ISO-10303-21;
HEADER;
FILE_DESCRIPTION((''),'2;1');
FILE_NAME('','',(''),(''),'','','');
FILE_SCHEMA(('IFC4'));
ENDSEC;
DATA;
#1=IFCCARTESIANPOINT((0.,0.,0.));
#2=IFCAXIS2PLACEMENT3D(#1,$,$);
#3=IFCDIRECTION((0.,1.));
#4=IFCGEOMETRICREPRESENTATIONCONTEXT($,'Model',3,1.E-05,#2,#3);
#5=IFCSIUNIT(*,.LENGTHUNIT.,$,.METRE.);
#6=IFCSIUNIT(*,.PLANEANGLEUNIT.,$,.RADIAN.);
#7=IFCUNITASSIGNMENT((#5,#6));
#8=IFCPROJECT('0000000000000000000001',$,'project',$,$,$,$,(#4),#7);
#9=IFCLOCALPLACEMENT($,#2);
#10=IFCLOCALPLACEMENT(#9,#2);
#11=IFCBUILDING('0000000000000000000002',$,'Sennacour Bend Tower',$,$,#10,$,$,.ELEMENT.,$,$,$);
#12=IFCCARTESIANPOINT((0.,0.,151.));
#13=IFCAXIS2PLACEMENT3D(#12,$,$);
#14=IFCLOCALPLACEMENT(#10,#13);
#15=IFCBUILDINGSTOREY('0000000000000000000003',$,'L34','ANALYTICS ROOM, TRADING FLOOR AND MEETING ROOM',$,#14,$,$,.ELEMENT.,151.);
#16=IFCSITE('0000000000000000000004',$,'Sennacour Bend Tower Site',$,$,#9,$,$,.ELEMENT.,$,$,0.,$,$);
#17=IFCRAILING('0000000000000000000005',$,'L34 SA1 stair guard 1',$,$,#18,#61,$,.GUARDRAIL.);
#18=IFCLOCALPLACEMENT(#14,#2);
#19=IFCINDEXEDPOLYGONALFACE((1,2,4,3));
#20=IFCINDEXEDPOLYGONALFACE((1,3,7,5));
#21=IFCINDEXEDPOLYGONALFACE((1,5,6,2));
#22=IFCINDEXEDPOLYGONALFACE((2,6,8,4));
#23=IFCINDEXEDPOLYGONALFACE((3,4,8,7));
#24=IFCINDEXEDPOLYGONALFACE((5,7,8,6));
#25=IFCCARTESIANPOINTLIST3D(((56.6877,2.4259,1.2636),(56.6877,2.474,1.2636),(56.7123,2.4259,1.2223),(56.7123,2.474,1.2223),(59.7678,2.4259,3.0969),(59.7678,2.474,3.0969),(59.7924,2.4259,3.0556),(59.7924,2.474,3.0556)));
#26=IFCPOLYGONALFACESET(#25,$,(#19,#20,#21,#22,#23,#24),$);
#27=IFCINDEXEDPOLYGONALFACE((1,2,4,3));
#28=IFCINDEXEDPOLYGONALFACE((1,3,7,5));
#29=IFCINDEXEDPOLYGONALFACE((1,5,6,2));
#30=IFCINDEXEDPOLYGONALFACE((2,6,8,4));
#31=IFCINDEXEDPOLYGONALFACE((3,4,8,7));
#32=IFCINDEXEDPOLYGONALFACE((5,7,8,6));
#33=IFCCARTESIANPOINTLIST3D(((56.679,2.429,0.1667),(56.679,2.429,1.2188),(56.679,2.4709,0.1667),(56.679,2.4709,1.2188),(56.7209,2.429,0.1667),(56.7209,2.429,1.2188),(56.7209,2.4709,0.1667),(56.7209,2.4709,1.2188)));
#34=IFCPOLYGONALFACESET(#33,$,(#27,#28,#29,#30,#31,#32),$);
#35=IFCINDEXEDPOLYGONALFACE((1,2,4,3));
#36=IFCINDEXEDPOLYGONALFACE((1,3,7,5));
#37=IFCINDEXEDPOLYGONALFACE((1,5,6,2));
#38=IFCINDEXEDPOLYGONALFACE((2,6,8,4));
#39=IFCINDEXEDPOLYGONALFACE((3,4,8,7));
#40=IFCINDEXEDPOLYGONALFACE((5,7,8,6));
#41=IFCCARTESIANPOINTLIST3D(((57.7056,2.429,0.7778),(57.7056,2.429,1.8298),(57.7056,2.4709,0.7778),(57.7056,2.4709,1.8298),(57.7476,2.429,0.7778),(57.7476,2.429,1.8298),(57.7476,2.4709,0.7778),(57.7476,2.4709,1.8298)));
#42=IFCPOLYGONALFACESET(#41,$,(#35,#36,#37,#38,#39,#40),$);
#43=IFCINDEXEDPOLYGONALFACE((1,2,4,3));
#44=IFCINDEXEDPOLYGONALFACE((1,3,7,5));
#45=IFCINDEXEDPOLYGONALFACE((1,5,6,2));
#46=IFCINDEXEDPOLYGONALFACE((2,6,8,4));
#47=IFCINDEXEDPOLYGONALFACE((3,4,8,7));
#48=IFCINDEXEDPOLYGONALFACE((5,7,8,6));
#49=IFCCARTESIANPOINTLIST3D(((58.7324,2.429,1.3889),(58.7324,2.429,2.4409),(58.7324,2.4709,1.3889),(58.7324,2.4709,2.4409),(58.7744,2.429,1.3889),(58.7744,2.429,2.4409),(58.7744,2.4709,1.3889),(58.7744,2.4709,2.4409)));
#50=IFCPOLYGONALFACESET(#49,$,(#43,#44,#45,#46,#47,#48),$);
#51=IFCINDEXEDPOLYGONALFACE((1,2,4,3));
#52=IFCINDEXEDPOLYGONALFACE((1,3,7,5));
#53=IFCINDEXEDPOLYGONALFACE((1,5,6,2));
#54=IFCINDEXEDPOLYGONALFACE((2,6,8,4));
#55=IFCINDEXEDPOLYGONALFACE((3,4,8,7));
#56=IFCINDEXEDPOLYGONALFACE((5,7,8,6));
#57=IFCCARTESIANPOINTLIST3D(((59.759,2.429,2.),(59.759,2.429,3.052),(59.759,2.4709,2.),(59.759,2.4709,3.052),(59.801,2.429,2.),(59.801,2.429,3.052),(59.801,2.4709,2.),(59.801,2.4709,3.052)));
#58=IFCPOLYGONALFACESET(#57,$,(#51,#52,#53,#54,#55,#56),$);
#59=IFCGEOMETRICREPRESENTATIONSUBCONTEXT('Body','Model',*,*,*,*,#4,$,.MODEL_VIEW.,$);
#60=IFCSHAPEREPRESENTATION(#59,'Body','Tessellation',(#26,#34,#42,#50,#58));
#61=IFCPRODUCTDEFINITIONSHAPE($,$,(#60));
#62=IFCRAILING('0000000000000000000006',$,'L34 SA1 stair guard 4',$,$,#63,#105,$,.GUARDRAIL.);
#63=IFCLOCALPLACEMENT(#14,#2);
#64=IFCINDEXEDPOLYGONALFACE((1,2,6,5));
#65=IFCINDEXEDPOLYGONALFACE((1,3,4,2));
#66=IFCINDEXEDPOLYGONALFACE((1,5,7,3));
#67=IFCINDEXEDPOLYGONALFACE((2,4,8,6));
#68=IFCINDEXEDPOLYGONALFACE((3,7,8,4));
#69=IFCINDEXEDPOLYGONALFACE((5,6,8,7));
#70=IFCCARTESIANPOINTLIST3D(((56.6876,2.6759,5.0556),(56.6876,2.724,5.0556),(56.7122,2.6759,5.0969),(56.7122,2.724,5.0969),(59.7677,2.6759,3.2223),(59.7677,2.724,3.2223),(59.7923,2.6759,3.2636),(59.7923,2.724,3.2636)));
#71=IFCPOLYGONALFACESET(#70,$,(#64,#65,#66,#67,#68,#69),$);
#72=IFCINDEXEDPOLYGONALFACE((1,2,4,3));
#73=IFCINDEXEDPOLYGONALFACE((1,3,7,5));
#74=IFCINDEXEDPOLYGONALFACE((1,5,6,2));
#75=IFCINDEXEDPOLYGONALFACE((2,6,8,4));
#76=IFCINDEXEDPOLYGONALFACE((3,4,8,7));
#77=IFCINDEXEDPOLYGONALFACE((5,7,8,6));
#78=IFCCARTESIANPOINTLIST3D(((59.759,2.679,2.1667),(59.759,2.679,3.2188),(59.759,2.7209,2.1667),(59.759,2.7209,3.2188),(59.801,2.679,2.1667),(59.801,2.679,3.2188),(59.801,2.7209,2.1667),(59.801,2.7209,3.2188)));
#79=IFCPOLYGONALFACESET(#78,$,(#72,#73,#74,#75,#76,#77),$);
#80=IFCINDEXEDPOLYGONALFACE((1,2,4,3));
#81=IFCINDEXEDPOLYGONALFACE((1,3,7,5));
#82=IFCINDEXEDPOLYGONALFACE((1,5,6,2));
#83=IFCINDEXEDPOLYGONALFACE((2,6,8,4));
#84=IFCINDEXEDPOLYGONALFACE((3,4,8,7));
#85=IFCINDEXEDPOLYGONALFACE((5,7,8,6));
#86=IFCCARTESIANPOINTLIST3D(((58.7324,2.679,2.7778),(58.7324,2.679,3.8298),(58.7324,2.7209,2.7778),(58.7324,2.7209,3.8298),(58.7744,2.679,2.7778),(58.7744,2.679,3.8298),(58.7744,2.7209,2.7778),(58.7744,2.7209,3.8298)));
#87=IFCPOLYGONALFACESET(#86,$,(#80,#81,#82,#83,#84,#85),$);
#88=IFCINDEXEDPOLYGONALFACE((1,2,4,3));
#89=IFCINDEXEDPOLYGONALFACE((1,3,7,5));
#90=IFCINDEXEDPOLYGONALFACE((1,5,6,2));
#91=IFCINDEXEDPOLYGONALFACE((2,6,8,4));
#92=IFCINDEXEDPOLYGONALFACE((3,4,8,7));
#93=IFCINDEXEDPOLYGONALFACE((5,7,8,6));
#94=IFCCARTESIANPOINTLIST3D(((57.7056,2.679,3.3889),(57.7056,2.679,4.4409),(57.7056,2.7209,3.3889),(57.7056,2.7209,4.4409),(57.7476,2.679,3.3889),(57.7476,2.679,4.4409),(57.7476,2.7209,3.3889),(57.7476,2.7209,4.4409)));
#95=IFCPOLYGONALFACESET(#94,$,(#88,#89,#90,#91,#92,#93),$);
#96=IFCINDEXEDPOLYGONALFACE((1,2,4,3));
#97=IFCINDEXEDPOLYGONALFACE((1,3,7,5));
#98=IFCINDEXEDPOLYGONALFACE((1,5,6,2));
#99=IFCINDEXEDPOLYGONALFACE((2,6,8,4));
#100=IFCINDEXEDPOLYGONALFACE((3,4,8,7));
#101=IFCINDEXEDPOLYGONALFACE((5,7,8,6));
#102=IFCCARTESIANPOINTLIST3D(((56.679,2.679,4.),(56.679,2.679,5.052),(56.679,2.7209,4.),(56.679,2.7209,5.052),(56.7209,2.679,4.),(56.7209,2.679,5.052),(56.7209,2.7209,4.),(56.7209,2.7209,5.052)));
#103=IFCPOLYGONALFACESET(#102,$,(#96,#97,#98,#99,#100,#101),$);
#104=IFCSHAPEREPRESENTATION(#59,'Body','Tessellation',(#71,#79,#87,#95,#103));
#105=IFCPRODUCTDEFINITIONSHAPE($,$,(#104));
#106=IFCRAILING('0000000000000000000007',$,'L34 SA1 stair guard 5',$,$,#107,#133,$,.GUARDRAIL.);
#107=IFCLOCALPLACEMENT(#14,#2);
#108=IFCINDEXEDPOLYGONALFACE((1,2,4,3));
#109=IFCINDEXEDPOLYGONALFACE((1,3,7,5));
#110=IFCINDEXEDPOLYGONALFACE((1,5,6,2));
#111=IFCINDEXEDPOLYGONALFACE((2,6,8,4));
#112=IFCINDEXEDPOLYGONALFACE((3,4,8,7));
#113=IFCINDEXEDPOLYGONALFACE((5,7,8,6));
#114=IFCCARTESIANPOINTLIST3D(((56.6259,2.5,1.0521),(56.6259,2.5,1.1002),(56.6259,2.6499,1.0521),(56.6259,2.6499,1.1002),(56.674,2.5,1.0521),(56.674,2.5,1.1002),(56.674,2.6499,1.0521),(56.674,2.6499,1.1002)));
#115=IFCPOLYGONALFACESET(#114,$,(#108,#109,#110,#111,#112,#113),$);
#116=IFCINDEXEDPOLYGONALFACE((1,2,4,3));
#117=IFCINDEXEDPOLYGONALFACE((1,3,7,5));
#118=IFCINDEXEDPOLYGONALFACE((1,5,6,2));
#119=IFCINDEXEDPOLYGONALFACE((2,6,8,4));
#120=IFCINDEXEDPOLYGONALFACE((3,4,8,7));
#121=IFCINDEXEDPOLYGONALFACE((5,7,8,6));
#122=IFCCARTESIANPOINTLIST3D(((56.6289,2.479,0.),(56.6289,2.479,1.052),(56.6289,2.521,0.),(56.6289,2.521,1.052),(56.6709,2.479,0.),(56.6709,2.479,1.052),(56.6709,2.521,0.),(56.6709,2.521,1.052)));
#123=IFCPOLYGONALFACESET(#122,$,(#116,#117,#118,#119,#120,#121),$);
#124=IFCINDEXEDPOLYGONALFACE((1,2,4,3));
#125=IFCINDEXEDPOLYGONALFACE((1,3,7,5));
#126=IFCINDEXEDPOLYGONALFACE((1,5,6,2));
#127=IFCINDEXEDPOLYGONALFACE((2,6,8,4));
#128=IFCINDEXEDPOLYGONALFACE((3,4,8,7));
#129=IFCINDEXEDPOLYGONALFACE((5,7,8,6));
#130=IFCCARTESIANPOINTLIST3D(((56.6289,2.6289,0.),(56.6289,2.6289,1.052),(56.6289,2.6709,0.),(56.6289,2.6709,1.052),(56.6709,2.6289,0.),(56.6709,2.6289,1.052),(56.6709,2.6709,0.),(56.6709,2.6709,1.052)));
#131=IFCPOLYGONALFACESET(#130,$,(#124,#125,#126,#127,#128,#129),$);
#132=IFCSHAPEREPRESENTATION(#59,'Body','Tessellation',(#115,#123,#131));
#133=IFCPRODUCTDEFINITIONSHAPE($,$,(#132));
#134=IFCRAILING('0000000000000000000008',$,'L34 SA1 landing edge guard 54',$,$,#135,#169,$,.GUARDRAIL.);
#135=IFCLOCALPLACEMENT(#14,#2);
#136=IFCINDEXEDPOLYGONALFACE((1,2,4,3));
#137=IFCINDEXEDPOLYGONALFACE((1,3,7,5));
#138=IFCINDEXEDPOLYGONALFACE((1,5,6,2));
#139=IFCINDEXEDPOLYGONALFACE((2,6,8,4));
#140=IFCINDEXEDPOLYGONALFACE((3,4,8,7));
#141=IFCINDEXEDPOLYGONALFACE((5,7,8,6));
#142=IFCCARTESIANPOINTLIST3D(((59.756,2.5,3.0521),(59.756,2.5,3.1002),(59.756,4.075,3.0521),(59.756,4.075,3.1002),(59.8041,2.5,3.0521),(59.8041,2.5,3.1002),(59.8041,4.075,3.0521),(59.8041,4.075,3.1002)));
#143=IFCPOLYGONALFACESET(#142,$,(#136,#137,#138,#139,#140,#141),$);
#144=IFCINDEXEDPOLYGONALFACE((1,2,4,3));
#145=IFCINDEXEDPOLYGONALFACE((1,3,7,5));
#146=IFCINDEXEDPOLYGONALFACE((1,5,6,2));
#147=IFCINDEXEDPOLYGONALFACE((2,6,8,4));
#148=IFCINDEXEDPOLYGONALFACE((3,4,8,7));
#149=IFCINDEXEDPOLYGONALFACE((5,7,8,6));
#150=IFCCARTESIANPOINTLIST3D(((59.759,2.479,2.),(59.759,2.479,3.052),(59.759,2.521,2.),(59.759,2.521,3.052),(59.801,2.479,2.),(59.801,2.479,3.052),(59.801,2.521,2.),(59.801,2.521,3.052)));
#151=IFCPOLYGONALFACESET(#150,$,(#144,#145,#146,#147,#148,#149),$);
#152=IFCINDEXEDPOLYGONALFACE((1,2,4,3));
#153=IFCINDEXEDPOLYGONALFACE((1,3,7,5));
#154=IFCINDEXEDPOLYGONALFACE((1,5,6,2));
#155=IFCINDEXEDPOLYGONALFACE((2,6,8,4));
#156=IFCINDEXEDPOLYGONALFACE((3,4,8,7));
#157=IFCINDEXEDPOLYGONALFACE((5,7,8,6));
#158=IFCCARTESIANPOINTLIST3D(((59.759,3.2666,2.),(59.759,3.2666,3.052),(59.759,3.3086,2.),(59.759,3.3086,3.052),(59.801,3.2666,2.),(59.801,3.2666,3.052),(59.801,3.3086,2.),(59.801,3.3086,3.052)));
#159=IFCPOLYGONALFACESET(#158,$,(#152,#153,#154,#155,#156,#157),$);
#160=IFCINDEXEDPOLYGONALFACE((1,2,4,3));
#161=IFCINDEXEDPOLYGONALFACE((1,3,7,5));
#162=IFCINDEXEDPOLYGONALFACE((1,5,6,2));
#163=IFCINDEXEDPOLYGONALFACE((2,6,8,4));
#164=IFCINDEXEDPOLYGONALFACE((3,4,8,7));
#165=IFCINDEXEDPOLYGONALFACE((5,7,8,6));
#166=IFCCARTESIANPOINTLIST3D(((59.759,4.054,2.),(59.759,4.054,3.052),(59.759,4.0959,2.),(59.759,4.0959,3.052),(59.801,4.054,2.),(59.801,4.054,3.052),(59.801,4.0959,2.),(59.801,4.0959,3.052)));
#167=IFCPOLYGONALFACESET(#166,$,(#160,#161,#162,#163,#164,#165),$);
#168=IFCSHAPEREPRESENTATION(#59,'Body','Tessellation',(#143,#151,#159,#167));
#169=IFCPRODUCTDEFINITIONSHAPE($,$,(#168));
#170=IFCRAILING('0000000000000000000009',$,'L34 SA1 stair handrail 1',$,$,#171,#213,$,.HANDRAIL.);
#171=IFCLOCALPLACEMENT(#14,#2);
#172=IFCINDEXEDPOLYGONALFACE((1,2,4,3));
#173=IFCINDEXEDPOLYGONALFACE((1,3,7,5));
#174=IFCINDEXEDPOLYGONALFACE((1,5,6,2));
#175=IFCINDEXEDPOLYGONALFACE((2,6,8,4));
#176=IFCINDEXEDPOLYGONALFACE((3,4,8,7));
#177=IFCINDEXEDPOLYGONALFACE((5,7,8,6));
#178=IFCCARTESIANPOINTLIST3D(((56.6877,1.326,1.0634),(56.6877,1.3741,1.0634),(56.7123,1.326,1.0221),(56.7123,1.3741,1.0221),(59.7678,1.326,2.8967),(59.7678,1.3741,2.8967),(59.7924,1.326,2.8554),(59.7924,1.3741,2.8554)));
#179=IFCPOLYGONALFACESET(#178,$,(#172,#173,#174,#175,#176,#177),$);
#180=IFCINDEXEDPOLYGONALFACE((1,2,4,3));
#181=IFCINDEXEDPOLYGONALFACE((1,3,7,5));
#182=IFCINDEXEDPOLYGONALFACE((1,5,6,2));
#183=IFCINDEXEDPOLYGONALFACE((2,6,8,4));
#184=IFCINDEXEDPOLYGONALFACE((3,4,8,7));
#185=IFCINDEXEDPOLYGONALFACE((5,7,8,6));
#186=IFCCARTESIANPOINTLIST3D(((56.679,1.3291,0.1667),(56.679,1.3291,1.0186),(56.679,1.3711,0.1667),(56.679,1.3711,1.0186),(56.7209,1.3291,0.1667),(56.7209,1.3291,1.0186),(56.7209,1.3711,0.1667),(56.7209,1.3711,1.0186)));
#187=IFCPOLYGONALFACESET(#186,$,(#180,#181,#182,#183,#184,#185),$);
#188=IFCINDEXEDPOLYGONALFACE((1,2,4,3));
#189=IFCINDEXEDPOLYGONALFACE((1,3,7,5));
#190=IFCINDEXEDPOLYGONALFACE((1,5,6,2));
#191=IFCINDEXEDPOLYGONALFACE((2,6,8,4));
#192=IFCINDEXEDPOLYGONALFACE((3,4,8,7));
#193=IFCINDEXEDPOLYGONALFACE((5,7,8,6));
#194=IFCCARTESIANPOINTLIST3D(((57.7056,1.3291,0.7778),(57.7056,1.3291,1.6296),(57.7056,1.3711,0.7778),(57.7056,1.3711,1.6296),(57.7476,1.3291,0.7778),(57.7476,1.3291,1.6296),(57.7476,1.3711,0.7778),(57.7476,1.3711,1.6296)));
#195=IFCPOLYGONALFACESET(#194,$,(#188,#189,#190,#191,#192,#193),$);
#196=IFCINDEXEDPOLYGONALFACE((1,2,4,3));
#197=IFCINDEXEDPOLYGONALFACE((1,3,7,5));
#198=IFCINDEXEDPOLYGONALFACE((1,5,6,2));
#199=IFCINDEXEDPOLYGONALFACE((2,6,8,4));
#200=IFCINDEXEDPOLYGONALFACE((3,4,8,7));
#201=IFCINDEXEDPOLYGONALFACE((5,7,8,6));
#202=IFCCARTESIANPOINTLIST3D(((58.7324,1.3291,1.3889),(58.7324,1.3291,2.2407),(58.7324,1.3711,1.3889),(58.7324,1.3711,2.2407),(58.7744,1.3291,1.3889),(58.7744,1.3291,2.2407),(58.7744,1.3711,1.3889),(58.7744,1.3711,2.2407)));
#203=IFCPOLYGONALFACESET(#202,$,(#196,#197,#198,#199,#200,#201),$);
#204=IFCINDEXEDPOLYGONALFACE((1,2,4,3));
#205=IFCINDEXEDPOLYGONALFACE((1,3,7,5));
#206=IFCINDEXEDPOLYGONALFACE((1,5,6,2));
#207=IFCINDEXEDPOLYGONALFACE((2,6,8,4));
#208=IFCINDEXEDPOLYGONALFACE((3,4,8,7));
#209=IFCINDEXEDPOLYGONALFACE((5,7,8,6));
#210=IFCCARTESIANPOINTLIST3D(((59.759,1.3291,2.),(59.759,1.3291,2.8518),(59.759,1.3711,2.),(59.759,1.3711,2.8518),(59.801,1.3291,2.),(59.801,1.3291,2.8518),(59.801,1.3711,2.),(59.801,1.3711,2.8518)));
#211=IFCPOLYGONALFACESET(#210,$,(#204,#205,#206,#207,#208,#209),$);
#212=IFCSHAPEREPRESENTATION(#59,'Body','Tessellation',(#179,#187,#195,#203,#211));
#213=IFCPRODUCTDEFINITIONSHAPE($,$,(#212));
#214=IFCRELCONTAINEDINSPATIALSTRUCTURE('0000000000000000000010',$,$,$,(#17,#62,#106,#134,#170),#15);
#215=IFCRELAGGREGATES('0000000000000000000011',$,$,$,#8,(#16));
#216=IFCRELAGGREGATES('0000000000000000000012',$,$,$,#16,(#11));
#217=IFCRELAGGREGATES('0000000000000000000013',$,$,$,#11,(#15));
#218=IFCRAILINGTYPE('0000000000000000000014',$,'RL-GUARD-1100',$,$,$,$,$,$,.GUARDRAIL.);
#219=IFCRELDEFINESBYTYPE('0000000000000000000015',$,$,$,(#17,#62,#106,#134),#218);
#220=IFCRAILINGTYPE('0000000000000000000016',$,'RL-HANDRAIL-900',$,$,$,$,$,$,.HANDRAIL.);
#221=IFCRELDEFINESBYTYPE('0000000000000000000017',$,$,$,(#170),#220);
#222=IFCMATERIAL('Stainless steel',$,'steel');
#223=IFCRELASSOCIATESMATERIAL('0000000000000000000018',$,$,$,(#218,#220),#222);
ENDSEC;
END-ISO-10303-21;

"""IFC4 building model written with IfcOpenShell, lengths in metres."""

from ifc_helpers import new_model, si_unit, direction, frame, origin, origin_2d, place, context, subcontext, project, spatial, rectangle, extrude, material, type_object, element, save


model = new_model("IFC4")

# Units and contexts
model_context = context("Model", 3, precision=1e-05, world=origin(), true_north=direction((0.0, 1.0)))
body_context = subcontext(model_context, "Body", "Model", "MODEL_VIEW")
ifc_project = project(units=[si_unit("LENGTHUNIT", "METRE"), si_unit("PLANEANGLEUNIT", "RADIAN")], contexts=[model_context])

# Site, building, storey
site_placement = place(None, origin())
site = spatial("IfcSite", under=ifc_project, at=site_placement, Name="Sennacour Bend Tower Site", CompositionType="ELEMENT", RefElevation=0.0)
building_placement = place(site_placement, origin())
building = spatial("IfcBuilding", under=site, at=building_placement, Name="Sennacour Bend Tower", CompositionType="ELEMENT")
storey_placement = place(building_placement, frame((0.0, 0.0, 151.0)))
storey = spatial("IfcBuildingStorey", under=building, at=storey_placement, Name="L34", Description="ANALYTICS ROOM, TRADING FLOOR AND MEETING ROOM", CompositionType="ELEMENT", Elevation=151.0)

# Shared definitions
ifc_material_1 = material(Name="Stainless steel", Category="steel")

# Railings
railing_type_1 = type_object("IfcRailingType", Name="RL-GUARD-1100", PredefinedType="GUARDRAIL", material=ifc_material_1)
railing_1_placement = place(storey_placement, frame((56.7, 2.45, 0.1667)))
element("IfcRailing", 1, at=railing_1_placement, inside=storey, type_object=railing_type_1, Name="L34 SA1 stair guard 1", PredefinedType="GUARDRAIL", context=body_context, shape_type="SweptSolid", body=[
    extrude(rectangle(XDim=0.0481, YDim=0.0481, at=origin_2d()), frame((0.0, 0.0, 1.0762), z_axis=(0.859309, 0.0, 0.511458), x_axis=(0.0, 1.0, 0.0)), (0.0, 0.0, 1.0), 3.5845),
    extrude(rectangle(XDim=0.042, YDim=0.042, at=origin_2d()), origin(), (0.0, 0.0, 1.0), 1.052),
    extrude(rectangle(XDim=0.042, YDim=0.042, at=origin_2d()), frame((1.0266, 0.0, 0.6111)), (0.0, 0.0, 1.0), 1.052),
    extrude(rectangle(XDim=0.042, YDim=0.042, at=origin_2d()), frame((2.0535, 0.0, 1.2222)), (0.0, 0.0, 1.0), 1.052),
    extrude(rectangle(XDim=0.042, YDim=0.042, at=origin_2d()), frame((3.0801, 0.0, 1.8333)), (0.0, 0.0, 1.0), 1.052),
])
railing_2_placement = place(storey_placement, frame((59.78, 2.7, 2.1667)))
element("IfcRailing", 2, at=railing_2_placement, inside=storey, type_object=railing_type_1, Name="L34 SA1 stair guard 4", PredefinedType="GUARDRAIL", context=body_context, shape_type="SweptSolid", body=[
    extrude(rectangle(XDim=0.0481, YDim=0.0481, at=origin_2d()), frame((0.0, 0.0, 1.0762), z_axis=(-0.859309, 0.0, 0.511458), x_axis=(0.0, -1.0, 0.0)), (0.0, 0.0, 1.0), 3.5845),
    extrude(rectangle(XDim=0.042, YDim=0.042, at=origin_2d()), origin(), (0.0, 0.0, 1.0), 1.052),
    extrude(rectangle(XDim=0.042, YDim=0.042, at=origin_2d()), frame((-1.0266, 0.0, 0.6111)), (0.0, 0.0, 1.0), 1.052),
    extrude(rectangle(XDim=0.042, YDim=0.042, at=origin_2d()), frame((-2.0535, 0.0, 1.2222)), (0.0, 0.0, 1.0), 1.052),
    extrude(rectangle(XDim=0.042, YDim=0.042, at=origin_2d()), frame((-3.0801, 0.0, 1.8333)), (0.0, 0.0, 1.0), 1.052),
])
railing_3_placement = place(storey_placement, frame((56.6499, 2.5, 0.0)))
element("IfcRailing", 3, at=railing_3_placement, inside=storey, type_object=railing_type_1, Name="L34 SA1 stair guard 5", PredefinedType="GUARDRAIL", context=body_context, shape_type="SweptSolid", body=[
    extrude(rectangle(XDim=0.0481, YDim=0.0481, at=origin_2d()), frame((0.0, 0.0, 1.0762), z_axis=(0.0, 1.0, 0.0), x_axis=(-1.0, 0.0, 0.0)), (0.0, 0.0, 1.0), 0.1499),
    extrude(rectangle(XDim=0.042, YDim=0.042, at=origin_2d()), origin(), (0.0, 0.0, 1.0), 1.052),
    extrude(rectangle(XDim=0.042, YDim=0.042, at=origin_2d()), frame((0.0, 0.1499, 0.0)), (0.0, 0.0, 1.0), 1.052),
])
railing_4_placement = place(storey_placement, frame((59.78, 2.5, 2.0)))
element("IfcRailing", 4, at=railing_4_placement, inside=storey, type_object=railing_type_1, Name="L34 SA1 landing edge guard 54", PredefinedType="GUARDRAIL", context=body_context, shape_type="SweptSolid", body=[
    extrude(rectangle(XDim=0.0481, YDim=0.0481, at=origin_2d()), frame((0.0, 0.0, 1.0762), z_axis=(0.0, 1.0, 0.0), x_axis=(-1.0, 0.0, 0.0)), (0.0, 0.0, 1.0), 1.575),
    extrude(rectangle(XDim=0.042, YDim=0.042, at=origin_2d()), origin(), (0.0, 0.0, 1.0), 1.052),
    extrude(rectangle(XDim=0.042, YDim=0.042, at=origin_2d()), frame((0.0, 0.7876, 0.0)), (0.0, 0.0, 1.0), 1.052),
    extrude(rectangle(XDim=0.042, YDim=0.042, at=origin_2d()), frame((0.0, 1.575, 0.0)), (0.0, 0.0, 1.0), 1.052),
])
railing_type_2 = type_object("IfcRailingType", Name="RL-HANDRAIL-900", PredefinedType="HANDRAIL", material=ifc_material_1)
railing_5_placement = place(storey_placement, frame((56.7, 1.3501, 0.1667)))
element("IfcRailing", 5, at=railing_5_placement, inside=storey, type_object=railing_type_2, Name="L34 SA1 stair handrail 1", PredefinedType="HANDRAIL", context=body_context, shape_type="SweptSolid", body=[
    extrude(rectangle(XDim=0.0481, YDim=0.0481, at=origin_2d()), frame((0.0, 0.0, 0.876), z_axis=(0.859309, 0.0, 0.511458), x_axis=(0.0, 1.0, 0.0)), (0.0, 0.0, 1.0), 3.5845),
    extrude(rectangle(XDim=0.042, YDim=0.042, at=origin_2d()), origin(), (0.0, 0.0, 1.0), 0.8518),
    extrude(rectangle(XDim=0.042, YDim=0.042, at=origin_2d()), frame((1.0266, 0.0, 0.6111)), (0.0, 0.0, 1.0), 0.8518),
    extrude(rectangle(XDim=0.042, YDim=0.042, at=origin_2d()), frame((2.0535, 0.0, 1.2222)), (0.0, 0.0, 1.0), 0.8518),
    extrude(rectangle(XDim=0.042, YDim=0.042, at=origin_2d()), frame((3.0801, 0.0, 1.8333)), (0.0, 0.0, 1.0), 0.8518),
])

save(model, "model.ifc")
